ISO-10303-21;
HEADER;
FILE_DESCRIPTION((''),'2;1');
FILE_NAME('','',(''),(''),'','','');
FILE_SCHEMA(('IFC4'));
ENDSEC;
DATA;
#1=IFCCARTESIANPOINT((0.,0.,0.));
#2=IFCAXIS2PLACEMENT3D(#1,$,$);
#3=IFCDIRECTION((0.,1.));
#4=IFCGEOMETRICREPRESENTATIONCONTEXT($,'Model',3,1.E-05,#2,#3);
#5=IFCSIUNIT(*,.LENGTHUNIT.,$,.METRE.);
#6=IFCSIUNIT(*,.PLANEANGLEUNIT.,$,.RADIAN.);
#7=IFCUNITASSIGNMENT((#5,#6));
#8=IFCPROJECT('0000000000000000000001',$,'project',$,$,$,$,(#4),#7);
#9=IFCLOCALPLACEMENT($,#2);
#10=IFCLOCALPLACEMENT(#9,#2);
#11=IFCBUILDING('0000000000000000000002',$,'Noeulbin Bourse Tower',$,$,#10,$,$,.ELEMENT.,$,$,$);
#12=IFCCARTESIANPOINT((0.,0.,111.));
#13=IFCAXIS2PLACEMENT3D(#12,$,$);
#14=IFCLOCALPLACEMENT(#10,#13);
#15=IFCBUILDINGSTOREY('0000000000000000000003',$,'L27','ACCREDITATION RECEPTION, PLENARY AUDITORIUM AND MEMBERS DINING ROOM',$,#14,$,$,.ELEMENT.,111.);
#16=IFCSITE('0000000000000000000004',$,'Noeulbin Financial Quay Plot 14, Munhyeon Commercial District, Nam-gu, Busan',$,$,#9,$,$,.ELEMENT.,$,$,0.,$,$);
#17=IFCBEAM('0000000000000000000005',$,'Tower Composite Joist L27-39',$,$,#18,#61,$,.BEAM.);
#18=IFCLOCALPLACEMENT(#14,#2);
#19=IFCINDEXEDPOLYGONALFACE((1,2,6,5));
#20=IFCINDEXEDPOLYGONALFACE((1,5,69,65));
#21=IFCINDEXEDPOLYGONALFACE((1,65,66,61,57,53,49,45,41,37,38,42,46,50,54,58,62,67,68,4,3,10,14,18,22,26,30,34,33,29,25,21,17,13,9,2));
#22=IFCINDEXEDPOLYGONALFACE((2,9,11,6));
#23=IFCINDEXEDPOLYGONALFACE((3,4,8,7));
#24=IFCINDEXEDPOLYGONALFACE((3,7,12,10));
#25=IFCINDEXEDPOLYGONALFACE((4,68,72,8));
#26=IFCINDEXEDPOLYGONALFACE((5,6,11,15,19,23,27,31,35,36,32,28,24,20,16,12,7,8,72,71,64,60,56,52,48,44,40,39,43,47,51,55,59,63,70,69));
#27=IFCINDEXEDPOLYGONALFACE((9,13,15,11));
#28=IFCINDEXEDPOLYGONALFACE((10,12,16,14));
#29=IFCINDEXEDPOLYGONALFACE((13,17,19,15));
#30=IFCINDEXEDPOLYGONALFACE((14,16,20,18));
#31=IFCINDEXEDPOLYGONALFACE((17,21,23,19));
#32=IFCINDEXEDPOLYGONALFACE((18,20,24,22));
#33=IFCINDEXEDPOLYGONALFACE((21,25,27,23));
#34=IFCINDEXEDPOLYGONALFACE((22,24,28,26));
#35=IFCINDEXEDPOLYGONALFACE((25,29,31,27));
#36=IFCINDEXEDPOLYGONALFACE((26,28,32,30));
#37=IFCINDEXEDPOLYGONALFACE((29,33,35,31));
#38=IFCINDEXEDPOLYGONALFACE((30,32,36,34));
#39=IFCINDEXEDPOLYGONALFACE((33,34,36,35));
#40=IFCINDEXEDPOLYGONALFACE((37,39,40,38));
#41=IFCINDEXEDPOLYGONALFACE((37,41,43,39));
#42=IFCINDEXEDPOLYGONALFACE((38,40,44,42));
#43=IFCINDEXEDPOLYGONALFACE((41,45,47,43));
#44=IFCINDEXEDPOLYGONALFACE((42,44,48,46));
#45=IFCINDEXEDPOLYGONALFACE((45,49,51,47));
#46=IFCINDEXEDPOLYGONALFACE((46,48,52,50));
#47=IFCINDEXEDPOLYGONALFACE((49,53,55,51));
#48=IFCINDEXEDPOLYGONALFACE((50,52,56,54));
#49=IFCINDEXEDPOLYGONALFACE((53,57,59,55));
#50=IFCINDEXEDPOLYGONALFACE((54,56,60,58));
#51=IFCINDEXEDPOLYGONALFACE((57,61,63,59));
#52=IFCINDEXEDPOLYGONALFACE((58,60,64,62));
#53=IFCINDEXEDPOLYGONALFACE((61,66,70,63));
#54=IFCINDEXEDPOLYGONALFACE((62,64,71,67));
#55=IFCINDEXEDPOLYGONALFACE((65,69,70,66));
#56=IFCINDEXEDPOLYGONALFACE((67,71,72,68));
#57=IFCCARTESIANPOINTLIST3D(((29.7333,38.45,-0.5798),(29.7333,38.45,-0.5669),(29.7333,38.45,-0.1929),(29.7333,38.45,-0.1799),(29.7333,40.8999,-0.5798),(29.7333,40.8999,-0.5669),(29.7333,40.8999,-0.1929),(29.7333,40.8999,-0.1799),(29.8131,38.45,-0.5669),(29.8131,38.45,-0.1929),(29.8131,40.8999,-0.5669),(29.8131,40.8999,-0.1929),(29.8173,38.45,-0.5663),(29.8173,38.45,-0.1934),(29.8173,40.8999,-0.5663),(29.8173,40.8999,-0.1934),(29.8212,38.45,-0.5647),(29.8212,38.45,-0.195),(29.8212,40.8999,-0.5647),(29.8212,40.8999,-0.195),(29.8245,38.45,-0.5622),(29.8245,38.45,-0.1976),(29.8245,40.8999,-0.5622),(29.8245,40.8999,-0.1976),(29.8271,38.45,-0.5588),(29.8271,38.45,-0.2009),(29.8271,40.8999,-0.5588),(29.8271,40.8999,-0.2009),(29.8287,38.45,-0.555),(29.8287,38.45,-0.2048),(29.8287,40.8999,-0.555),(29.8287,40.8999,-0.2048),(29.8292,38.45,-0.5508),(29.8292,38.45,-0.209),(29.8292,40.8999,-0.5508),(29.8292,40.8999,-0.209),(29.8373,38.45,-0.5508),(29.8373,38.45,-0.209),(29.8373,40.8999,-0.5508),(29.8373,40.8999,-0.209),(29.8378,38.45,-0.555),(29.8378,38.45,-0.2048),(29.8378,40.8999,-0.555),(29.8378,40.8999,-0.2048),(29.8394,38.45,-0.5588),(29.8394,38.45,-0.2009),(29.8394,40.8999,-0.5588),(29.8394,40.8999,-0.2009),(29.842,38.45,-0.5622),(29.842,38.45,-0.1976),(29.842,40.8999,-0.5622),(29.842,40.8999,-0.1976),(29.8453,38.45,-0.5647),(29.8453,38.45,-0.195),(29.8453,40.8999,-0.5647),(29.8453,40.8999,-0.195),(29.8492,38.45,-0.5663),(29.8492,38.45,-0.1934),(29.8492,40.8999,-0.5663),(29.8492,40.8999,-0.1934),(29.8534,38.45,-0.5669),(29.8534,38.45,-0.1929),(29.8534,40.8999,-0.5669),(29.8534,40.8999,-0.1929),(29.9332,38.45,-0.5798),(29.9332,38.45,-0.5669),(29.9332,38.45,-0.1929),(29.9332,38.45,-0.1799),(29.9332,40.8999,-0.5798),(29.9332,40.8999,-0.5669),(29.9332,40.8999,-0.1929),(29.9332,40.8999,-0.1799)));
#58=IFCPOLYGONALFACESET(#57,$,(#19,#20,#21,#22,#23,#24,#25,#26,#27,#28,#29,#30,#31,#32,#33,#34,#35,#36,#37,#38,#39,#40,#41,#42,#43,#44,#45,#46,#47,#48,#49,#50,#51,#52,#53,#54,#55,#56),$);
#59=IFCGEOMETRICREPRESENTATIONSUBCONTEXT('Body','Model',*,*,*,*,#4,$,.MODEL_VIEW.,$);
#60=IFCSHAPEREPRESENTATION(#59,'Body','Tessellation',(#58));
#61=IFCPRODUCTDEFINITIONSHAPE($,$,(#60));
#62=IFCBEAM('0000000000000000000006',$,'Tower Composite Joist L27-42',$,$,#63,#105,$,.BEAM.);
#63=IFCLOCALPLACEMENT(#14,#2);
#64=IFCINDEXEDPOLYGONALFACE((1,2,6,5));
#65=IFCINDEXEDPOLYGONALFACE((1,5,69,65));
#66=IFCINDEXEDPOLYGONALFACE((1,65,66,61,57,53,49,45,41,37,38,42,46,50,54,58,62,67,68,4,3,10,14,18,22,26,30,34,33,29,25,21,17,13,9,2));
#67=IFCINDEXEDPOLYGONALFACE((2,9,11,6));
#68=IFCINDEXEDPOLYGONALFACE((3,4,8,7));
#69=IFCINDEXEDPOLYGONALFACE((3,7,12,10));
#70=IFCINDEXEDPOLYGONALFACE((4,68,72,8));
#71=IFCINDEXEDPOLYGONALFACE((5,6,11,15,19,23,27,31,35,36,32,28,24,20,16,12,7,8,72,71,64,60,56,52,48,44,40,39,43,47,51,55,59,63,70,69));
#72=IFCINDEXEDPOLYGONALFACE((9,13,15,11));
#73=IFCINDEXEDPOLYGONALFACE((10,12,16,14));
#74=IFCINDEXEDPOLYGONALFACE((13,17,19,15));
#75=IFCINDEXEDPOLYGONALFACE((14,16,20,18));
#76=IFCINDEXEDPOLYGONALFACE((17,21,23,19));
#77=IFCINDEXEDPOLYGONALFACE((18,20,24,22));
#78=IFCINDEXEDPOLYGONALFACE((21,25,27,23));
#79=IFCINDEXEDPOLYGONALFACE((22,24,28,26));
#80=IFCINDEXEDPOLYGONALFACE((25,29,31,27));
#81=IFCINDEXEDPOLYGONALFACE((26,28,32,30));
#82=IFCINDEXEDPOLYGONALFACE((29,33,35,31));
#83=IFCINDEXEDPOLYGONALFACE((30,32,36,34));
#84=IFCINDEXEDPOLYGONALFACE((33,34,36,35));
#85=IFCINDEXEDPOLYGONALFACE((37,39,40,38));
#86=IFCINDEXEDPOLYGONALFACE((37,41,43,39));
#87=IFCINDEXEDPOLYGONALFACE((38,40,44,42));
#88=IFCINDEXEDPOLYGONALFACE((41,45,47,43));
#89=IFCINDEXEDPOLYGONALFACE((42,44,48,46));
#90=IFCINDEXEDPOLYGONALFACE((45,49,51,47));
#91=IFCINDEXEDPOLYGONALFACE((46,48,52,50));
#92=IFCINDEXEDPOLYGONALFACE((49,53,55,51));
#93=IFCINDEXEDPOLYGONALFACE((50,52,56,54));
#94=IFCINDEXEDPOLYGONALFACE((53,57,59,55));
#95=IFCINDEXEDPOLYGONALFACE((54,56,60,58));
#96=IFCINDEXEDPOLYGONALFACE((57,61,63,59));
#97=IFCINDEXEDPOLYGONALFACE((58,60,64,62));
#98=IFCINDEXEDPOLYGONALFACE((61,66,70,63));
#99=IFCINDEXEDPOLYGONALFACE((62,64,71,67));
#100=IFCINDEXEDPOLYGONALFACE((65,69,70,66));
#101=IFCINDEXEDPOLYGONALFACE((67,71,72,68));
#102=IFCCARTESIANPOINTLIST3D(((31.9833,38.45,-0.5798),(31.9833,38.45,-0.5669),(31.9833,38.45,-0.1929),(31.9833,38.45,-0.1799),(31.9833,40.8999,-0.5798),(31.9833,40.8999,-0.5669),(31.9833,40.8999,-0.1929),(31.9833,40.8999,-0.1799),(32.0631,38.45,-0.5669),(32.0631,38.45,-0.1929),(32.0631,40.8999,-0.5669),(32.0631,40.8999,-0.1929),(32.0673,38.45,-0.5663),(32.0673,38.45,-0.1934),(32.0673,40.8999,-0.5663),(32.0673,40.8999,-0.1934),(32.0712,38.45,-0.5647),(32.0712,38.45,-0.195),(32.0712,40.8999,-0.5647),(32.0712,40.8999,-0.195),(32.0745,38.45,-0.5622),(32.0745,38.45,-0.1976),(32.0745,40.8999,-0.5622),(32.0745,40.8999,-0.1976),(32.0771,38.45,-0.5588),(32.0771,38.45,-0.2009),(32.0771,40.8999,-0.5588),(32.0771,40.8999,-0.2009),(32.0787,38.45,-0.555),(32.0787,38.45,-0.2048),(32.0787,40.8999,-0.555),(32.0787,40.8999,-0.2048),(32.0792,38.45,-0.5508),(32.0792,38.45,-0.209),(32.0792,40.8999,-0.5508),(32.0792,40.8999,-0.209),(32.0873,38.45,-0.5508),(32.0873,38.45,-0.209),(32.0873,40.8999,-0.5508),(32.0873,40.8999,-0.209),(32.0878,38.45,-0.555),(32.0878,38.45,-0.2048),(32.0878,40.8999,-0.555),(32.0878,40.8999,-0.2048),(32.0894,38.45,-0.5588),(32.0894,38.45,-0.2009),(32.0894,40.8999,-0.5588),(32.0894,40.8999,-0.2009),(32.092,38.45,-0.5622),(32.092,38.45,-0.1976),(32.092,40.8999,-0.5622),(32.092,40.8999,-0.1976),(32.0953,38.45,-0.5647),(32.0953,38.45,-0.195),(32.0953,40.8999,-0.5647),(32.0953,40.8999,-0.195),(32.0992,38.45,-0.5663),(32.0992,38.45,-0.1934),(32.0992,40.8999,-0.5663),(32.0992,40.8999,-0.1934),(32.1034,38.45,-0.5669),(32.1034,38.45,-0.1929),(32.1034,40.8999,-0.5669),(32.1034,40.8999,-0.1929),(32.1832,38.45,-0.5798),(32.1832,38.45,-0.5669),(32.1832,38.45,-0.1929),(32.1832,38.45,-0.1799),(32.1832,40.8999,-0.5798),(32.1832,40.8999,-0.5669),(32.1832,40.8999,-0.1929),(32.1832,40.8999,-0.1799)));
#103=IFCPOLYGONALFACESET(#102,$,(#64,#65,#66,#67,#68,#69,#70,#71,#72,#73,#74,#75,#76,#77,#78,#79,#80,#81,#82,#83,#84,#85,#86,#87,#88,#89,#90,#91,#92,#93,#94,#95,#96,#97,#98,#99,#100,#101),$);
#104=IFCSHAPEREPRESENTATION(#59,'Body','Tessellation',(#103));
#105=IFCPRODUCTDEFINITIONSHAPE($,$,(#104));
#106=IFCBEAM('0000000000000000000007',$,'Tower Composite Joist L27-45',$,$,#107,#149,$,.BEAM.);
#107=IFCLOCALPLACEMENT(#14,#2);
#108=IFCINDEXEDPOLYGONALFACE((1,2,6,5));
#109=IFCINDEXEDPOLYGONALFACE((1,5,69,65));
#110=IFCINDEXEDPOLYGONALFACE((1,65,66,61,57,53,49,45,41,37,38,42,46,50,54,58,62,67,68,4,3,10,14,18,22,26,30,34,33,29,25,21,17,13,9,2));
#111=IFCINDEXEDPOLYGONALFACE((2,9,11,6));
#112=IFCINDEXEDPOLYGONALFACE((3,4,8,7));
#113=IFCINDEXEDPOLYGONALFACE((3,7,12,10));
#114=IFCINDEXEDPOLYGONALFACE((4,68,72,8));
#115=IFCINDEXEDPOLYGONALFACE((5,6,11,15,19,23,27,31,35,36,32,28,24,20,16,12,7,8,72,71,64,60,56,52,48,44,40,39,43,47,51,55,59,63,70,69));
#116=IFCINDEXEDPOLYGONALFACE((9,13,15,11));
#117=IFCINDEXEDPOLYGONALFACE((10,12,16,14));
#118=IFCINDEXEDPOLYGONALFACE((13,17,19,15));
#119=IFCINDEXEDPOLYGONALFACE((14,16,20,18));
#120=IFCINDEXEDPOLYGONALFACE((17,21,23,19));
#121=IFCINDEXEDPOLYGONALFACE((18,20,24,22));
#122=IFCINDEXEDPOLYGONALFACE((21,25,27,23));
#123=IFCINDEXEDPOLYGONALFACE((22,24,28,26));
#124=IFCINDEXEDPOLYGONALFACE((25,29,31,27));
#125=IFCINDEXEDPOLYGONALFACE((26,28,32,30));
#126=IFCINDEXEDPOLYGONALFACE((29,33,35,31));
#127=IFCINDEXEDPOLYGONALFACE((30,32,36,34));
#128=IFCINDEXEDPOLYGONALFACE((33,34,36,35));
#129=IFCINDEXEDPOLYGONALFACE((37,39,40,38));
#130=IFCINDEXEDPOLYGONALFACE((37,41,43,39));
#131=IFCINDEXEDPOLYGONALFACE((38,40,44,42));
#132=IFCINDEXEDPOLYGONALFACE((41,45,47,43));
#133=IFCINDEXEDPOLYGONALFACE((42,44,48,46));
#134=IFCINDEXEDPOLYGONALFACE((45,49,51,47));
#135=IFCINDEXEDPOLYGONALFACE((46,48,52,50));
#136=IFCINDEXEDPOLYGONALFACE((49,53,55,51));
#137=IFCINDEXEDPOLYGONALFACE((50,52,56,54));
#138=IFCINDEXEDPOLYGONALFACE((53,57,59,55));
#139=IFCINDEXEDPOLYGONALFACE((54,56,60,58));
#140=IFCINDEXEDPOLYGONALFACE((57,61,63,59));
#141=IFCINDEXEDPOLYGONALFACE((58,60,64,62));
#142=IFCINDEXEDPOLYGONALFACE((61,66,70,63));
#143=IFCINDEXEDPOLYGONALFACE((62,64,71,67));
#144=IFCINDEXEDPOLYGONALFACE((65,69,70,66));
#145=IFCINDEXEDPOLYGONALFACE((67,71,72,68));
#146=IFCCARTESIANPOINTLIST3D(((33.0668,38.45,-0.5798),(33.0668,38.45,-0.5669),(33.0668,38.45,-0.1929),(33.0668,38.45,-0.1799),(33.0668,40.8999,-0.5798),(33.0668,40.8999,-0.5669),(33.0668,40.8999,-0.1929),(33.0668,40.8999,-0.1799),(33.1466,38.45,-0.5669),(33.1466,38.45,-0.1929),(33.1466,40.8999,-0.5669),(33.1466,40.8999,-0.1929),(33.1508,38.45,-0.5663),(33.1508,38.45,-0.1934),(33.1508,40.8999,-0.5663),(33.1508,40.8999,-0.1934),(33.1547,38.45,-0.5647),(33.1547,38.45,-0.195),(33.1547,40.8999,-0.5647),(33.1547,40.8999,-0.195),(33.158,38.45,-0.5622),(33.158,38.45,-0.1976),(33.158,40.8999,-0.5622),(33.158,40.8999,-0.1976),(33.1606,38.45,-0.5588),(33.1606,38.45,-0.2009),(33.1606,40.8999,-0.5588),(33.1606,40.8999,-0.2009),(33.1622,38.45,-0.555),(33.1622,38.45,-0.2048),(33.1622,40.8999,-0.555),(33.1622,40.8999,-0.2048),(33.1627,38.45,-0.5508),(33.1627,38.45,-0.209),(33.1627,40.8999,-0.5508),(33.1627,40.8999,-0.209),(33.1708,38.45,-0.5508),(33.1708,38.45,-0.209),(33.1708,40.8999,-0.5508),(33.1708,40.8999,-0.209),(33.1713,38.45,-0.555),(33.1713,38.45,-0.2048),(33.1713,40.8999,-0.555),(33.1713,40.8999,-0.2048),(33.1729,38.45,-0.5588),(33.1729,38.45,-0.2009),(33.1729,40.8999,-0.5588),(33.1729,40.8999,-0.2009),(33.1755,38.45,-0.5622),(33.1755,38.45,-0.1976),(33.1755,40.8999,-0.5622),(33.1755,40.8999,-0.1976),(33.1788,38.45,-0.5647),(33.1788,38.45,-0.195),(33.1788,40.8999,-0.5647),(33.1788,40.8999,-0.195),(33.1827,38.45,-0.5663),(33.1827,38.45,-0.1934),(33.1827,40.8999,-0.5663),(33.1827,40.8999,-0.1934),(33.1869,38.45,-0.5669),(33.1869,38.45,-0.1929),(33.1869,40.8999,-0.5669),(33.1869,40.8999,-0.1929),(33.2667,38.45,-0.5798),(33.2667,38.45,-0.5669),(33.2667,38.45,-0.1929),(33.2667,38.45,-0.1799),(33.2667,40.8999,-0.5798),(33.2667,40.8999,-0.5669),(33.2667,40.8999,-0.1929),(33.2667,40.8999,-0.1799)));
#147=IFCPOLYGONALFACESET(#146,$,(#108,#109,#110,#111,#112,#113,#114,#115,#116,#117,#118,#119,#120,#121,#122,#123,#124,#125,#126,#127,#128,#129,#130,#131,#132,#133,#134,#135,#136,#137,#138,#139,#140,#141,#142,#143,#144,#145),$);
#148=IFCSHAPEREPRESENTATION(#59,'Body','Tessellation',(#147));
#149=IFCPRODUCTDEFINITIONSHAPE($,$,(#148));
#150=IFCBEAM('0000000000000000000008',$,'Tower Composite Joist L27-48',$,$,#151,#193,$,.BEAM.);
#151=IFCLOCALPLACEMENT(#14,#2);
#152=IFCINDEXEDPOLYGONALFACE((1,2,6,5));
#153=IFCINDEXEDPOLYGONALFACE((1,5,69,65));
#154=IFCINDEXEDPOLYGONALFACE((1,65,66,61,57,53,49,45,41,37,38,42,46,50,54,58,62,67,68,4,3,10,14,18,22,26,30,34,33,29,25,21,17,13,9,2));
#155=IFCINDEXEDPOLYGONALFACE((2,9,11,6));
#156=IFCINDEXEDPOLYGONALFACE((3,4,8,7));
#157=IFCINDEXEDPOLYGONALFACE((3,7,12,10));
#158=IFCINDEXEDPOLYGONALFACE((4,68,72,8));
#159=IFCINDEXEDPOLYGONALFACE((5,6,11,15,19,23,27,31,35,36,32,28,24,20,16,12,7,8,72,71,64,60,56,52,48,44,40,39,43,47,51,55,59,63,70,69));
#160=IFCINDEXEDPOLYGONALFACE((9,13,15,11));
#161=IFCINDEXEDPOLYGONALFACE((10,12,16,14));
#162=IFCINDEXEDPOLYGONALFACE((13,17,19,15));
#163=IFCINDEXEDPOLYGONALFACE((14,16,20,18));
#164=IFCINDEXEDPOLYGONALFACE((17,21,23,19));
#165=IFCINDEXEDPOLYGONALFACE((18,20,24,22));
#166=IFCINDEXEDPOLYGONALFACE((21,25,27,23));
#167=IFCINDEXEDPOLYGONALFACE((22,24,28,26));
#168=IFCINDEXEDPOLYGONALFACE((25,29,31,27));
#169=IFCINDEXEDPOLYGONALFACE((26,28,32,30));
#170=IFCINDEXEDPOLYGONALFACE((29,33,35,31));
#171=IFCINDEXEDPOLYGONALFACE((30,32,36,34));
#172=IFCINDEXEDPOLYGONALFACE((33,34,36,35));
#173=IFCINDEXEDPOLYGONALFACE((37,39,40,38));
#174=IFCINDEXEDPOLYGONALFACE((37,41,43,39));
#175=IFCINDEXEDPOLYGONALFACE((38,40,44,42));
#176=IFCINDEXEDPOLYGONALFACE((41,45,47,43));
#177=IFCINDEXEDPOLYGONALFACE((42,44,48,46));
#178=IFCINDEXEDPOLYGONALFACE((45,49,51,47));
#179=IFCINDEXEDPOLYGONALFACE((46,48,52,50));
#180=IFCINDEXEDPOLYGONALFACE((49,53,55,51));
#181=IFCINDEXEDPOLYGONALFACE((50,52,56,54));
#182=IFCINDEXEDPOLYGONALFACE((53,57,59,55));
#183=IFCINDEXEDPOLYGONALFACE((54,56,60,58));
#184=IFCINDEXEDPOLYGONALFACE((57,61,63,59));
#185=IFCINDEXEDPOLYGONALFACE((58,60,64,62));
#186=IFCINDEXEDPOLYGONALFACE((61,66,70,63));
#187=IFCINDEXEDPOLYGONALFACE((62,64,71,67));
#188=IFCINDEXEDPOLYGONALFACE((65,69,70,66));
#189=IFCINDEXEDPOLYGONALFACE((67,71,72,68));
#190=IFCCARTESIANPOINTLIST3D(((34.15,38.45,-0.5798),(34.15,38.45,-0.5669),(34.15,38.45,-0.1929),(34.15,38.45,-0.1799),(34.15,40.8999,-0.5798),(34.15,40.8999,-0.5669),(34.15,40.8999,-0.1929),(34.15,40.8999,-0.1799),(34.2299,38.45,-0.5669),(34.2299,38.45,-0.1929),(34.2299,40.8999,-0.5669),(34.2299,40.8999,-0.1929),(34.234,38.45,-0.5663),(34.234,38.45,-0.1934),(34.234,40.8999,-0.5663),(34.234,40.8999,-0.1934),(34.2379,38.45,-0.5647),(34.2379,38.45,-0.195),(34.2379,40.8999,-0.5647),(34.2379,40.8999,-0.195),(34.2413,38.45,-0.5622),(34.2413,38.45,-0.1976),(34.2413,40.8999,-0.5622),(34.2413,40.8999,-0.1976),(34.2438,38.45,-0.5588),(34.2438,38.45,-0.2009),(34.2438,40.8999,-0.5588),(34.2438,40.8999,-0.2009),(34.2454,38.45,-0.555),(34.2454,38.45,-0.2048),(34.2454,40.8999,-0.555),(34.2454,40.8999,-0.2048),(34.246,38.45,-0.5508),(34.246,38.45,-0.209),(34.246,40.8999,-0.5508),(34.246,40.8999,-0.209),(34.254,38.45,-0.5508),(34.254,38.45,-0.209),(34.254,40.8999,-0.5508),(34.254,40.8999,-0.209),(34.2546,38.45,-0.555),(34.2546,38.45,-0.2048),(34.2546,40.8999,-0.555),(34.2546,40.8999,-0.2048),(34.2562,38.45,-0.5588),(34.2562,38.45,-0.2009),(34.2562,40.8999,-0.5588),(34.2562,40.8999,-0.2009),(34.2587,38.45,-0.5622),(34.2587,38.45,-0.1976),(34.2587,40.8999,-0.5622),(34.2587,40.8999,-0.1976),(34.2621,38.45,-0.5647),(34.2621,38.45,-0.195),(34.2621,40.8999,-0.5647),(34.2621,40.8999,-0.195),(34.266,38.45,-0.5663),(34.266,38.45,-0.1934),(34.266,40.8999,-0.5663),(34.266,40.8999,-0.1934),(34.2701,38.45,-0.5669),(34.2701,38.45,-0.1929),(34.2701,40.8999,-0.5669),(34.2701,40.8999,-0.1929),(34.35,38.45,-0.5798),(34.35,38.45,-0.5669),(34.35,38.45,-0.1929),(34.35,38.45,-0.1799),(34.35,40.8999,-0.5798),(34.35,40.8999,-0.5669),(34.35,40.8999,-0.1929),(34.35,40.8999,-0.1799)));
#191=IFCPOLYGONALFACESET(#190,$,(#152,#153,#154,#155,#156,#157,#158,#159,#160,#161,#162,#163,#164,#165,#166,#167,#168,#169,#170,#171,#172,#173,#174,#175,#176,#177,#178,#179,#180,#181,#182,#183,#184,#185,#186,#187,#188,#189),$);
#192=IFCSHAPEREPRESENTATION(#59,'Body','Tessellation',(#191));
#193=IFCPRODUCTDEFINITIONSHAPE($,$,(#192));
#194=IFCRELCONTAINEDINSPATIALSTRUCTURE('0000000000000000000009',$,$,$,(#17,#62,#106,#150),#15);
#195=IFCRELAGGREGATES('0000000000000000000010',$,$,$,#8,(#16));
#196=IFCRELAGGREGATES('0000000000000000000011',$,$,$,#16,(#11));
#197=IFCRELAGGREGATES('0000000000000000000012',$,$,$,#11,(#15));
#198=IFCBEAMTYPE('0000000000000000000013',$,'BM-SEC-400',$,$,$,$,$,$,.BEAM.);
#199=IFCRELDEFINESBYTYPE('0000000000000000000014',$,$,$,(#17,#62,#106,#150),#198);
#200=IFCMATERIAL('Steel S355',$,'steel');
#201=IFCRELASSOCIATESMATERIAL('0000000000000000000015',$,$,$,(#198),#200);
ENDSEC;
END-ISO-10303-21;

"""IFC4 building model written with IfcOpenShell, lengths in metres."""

from ifc_helpers import new_model, si_unit, direction, frame, origin, origin_2d, place, context, subcontext, project, spatial, i_section, extrude, material, material_profile, profile_set, type_object, element, save


model = new_model("IFC4")

# Units and contexts
model_context = context("Model", 3, precision=1e-05, world=origin(), true_north=direction((0.0, 1.0)))
body_context = subcontext(model_context, "Body", "Model", "MODEL_VIEW")
ifc_project = project(units=[si_unit("LENGTHUNIT", "METRE"), si_unit("PLANEANGLEUNIT", "RADIAN")], contexts=[model_context])

# Site, building, storey
site_placement = place(None, origin())
site = spatial("IfcSite", under=ifc_project, at=site_placement, Name="Noeulbin Financial Quay Plot 14, Munhyeon Commercial District, Nam-gu, Busan", CompositionType="ELEMENT", RefElevation=0.0)
building_placement = place(site_placement, origin())
building = spatial("IfcBuilding", under=site, at=building_placement, Name="Noeulbin Bourse Tower", CompositionType="ELEMENT")
storey_placement = place(building_placement, frame((0.0, 0.0, 111.0)))
storey = spatial("IfcBuildingStorey", under=building, at=storey_placement, Name="L27", Description="ACCREDITATION RECEPTION, PLENARY AUDITORIUM AND MEMBERS DINING ROOM", CompositionType="ELEMENT", Elevation=111.0)

# Shared definitions
ifc_material_1 = material(Name="Steel S355", Category="steel")

# Beams
ifc_material_profile_1 = material_profile(ifc_material_1, i_section(OverallWidth=0.2, OverallDepth=0.3999, WebThickness=0.0081, FlangeThickness=0.0129, FilletRadius=0.0161, at=origin_2d()), Name="H-400x200x8x13", Category="LoadBearing")
ifc_profile_set_1 = profile_set([ifc_material_profile_1], Name="Steel S355")
beam_type_1 = type_object("IfcBeamType", Name="BM-SEC-400", PredefinedType="BEAM", material=ifc_profile_set_1)
for number, where, z_axis, x_axis, name in (
    (1, (29.8333, 38.45, -0.3799), (0.0, 1.0, 0.0), (-1.0, 0.0, 0.0), "Tower Composite Joist L27-39"),
    (2, (32.0833, 38.45, -0.3799), (0.0, 1.0, 0.0), (-1.0, 0.0, 0.0), "Tower Composite Joist L27-42"),
    (3, (33.1667, 38.45, -0.3799), (0.0, 1.0, 0.0), (-1.0, 0.0, 0.0), "Tower Composite Joist L27-45"),
    (4, (34.25, 38.45, -0.3799), (0.0, 1.0, 0.0), (-1.0, 0.0, 0.0), "Tower Composite Joist L27-48"),
):
    element("IfcBeam", number, at=place(storey_placement, frame(where, z_axis=z_axis, x_axis=x_axis)), inside=storey, type_object=beam_type_1, Name=name, PredefinedType="BEAM", context=body_context, shape_type="SweptSolid", body=[
        extrude(i_section(OverallWidth=0.2, OverallDepth=0.3999, WebThickness=0.0081, FlangeThickness=0.0129, FilletRadius=0.0161, at=origin_2d()), origin(), (0.0, 0.0, 1.0), 2.45),
    ])

save(model, "model.ifc")
